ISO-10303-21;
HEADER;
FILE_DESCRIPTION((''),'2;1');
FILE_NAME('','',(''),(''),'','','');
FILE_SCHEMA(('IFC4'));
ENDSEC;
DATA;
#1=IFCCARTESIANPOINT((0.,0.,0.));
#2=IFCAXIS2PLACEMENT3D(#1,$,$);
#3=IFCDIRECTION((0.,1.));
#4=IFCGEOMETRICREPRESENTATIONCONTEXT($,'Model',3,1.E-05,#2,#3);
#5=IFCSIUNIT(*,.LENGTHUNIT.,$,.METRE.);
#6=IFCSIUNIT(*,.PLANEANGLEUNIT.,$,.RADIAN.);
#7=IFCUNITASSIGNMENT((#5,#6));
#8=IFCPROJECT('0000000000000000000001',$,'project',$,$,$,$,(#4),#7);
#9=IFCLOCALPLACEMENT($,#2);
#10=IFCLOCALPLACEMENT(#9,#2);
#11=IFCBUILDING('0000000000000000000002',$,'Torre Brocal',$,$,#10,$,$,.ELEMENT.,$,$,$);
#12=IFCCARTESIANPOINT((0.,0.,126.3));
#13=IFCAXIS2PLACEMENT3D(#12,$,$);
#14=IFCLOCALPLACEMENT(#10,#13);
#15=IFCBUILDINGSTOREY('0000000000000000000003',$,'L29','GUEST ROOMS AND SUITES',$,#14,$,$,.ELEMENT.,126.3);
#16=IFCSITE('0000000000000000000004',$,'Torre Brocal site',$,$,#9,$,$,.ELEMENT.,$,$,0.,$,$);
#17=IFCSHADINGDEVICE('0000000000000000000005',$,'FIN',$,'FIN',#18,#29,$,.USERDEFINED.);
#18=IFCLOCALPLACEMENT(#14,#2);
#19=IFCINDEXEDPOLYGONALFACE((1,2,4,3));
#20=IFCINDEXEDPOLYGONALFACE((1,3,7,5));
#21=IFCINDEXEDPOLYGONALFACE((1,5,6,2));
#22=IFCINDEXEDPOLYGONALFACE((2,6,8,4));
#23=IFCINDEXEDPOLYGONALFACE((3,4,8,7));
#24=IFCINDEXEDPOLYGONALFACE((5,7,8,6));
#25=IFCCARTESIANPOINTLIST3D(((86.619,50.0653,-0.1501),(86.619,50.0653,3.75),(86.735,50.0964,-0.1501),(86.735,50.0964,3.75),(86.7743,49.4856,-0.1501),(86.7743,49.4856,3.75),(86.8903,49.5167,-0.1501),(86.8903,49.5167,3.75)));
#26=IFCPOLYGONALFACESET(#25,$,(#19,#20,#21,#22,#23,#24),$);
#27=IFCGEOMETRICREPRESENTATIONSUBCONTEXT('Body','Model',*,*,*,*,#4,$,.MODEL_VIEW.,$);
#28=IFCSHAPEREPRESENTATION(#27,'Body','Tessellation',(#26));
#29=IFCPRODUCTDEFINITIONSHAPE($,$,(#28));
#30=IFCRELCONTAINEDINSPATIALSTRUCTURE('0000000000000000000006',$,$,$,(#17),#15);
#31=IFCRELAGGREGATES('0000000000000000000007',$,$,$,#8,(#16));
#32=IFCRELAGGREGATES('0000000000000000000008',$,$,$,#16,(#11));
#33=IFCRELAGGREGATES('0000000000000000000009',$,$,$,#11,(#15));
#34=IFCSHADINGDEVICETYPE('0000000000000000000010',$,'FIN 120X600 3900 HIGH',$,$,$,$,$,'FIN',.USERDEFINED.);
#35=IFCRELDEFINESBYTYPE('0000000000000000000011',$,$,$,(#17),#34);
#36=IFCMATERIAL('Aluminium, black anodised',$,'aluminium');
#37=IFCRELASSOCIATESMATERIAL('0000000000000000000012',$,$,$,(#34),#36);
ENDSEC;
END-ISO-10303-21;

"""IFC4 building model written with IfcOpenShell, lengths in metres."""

from ifc_helpers import new_model, si_unit, direction, frame, origin, origin_2d, place, context, subcontext, project, spatial, rectangle, extrude, material, material_profile, profile_set, type_object, element, save


model = new_model("IFC4")

# Units and contexts
model_context = context("Model", 3, precision=1e-05, world=origin(), true_north=direction((0.0, 1.0)))
body_context = subcontext(model_context, "Body", "Model", "MODEL_VIEW")
ifc_project = project(units=[si_unit("LENGTHUNIT", "METRE"), si_unit("PLANEANGLEUNIT", "RADIAN")], contexts=[model_context])

# Site, building, storey
site_placement = place(None, origin())
site = spatial("IfcSite", under=ifc_project, at=site_placement, Name="Torre Brocal site", CompositionType="ELEMENT", RefElevation=0.0)
building_placement = place(site_placement, origin())
building = spatial("IfcBuilding", under=site, at=building_placement, Name="Torre Brocal", CompositionType="ELEMENT")
storey_placement = place(building_placement, frame((0.0, 0.0, 126.3)))
storey = spatial("IfcBuildingStorey", under=building, at=storey_placement, Name="L29", Description="GUEST ROOMS AND SUITES", CompositionType="ELEMENT", Elevation=126.3)

# Shading device
ifc_material_1 = material(Name="Aluminium, black anodised", Category="aluminium")
ifc_material_profile_1 = material_profile(ifc_material_1, rectangle(XDim=0.1201, YDim=0.6001, at=origin_2d()), Name="FIN 120X600 3900 HIGH")
ifc_profile_set_1 = profile_set([ifc_material_profile_1], Name="Aluminium, black anodised")
shading_device_type = type_object("IfcShadingDeviceType", Name="FIN 120X600 3900 HIGH", ElementType="FIN", PredefinedType="USERDEFINED", material=ifc_profile_set_1)
shading_device_placement = place(storey_placement, frame((86.7546, 49.791, -0.1501), z_axis=(0.0, 0.0, 1.0), x_axis=(0.965926, 0.258819, 0.0)))
element("IfcShadingDevice", 1, at=shading_device_placement, inside=storey, type_object=shading_device_type, Name="FIN", ObjectType="FIN", PredefinedType="USERDEFINED", context=body_context, shape_type="SweptSolid", body=[
    extrude(rectangle(XDim=0.1201, YDim=0.6001, at=origin_2d()), origin(), (0.0, 0.0, 1.0), 3.9001),
])

save(model, "model.ifc")
